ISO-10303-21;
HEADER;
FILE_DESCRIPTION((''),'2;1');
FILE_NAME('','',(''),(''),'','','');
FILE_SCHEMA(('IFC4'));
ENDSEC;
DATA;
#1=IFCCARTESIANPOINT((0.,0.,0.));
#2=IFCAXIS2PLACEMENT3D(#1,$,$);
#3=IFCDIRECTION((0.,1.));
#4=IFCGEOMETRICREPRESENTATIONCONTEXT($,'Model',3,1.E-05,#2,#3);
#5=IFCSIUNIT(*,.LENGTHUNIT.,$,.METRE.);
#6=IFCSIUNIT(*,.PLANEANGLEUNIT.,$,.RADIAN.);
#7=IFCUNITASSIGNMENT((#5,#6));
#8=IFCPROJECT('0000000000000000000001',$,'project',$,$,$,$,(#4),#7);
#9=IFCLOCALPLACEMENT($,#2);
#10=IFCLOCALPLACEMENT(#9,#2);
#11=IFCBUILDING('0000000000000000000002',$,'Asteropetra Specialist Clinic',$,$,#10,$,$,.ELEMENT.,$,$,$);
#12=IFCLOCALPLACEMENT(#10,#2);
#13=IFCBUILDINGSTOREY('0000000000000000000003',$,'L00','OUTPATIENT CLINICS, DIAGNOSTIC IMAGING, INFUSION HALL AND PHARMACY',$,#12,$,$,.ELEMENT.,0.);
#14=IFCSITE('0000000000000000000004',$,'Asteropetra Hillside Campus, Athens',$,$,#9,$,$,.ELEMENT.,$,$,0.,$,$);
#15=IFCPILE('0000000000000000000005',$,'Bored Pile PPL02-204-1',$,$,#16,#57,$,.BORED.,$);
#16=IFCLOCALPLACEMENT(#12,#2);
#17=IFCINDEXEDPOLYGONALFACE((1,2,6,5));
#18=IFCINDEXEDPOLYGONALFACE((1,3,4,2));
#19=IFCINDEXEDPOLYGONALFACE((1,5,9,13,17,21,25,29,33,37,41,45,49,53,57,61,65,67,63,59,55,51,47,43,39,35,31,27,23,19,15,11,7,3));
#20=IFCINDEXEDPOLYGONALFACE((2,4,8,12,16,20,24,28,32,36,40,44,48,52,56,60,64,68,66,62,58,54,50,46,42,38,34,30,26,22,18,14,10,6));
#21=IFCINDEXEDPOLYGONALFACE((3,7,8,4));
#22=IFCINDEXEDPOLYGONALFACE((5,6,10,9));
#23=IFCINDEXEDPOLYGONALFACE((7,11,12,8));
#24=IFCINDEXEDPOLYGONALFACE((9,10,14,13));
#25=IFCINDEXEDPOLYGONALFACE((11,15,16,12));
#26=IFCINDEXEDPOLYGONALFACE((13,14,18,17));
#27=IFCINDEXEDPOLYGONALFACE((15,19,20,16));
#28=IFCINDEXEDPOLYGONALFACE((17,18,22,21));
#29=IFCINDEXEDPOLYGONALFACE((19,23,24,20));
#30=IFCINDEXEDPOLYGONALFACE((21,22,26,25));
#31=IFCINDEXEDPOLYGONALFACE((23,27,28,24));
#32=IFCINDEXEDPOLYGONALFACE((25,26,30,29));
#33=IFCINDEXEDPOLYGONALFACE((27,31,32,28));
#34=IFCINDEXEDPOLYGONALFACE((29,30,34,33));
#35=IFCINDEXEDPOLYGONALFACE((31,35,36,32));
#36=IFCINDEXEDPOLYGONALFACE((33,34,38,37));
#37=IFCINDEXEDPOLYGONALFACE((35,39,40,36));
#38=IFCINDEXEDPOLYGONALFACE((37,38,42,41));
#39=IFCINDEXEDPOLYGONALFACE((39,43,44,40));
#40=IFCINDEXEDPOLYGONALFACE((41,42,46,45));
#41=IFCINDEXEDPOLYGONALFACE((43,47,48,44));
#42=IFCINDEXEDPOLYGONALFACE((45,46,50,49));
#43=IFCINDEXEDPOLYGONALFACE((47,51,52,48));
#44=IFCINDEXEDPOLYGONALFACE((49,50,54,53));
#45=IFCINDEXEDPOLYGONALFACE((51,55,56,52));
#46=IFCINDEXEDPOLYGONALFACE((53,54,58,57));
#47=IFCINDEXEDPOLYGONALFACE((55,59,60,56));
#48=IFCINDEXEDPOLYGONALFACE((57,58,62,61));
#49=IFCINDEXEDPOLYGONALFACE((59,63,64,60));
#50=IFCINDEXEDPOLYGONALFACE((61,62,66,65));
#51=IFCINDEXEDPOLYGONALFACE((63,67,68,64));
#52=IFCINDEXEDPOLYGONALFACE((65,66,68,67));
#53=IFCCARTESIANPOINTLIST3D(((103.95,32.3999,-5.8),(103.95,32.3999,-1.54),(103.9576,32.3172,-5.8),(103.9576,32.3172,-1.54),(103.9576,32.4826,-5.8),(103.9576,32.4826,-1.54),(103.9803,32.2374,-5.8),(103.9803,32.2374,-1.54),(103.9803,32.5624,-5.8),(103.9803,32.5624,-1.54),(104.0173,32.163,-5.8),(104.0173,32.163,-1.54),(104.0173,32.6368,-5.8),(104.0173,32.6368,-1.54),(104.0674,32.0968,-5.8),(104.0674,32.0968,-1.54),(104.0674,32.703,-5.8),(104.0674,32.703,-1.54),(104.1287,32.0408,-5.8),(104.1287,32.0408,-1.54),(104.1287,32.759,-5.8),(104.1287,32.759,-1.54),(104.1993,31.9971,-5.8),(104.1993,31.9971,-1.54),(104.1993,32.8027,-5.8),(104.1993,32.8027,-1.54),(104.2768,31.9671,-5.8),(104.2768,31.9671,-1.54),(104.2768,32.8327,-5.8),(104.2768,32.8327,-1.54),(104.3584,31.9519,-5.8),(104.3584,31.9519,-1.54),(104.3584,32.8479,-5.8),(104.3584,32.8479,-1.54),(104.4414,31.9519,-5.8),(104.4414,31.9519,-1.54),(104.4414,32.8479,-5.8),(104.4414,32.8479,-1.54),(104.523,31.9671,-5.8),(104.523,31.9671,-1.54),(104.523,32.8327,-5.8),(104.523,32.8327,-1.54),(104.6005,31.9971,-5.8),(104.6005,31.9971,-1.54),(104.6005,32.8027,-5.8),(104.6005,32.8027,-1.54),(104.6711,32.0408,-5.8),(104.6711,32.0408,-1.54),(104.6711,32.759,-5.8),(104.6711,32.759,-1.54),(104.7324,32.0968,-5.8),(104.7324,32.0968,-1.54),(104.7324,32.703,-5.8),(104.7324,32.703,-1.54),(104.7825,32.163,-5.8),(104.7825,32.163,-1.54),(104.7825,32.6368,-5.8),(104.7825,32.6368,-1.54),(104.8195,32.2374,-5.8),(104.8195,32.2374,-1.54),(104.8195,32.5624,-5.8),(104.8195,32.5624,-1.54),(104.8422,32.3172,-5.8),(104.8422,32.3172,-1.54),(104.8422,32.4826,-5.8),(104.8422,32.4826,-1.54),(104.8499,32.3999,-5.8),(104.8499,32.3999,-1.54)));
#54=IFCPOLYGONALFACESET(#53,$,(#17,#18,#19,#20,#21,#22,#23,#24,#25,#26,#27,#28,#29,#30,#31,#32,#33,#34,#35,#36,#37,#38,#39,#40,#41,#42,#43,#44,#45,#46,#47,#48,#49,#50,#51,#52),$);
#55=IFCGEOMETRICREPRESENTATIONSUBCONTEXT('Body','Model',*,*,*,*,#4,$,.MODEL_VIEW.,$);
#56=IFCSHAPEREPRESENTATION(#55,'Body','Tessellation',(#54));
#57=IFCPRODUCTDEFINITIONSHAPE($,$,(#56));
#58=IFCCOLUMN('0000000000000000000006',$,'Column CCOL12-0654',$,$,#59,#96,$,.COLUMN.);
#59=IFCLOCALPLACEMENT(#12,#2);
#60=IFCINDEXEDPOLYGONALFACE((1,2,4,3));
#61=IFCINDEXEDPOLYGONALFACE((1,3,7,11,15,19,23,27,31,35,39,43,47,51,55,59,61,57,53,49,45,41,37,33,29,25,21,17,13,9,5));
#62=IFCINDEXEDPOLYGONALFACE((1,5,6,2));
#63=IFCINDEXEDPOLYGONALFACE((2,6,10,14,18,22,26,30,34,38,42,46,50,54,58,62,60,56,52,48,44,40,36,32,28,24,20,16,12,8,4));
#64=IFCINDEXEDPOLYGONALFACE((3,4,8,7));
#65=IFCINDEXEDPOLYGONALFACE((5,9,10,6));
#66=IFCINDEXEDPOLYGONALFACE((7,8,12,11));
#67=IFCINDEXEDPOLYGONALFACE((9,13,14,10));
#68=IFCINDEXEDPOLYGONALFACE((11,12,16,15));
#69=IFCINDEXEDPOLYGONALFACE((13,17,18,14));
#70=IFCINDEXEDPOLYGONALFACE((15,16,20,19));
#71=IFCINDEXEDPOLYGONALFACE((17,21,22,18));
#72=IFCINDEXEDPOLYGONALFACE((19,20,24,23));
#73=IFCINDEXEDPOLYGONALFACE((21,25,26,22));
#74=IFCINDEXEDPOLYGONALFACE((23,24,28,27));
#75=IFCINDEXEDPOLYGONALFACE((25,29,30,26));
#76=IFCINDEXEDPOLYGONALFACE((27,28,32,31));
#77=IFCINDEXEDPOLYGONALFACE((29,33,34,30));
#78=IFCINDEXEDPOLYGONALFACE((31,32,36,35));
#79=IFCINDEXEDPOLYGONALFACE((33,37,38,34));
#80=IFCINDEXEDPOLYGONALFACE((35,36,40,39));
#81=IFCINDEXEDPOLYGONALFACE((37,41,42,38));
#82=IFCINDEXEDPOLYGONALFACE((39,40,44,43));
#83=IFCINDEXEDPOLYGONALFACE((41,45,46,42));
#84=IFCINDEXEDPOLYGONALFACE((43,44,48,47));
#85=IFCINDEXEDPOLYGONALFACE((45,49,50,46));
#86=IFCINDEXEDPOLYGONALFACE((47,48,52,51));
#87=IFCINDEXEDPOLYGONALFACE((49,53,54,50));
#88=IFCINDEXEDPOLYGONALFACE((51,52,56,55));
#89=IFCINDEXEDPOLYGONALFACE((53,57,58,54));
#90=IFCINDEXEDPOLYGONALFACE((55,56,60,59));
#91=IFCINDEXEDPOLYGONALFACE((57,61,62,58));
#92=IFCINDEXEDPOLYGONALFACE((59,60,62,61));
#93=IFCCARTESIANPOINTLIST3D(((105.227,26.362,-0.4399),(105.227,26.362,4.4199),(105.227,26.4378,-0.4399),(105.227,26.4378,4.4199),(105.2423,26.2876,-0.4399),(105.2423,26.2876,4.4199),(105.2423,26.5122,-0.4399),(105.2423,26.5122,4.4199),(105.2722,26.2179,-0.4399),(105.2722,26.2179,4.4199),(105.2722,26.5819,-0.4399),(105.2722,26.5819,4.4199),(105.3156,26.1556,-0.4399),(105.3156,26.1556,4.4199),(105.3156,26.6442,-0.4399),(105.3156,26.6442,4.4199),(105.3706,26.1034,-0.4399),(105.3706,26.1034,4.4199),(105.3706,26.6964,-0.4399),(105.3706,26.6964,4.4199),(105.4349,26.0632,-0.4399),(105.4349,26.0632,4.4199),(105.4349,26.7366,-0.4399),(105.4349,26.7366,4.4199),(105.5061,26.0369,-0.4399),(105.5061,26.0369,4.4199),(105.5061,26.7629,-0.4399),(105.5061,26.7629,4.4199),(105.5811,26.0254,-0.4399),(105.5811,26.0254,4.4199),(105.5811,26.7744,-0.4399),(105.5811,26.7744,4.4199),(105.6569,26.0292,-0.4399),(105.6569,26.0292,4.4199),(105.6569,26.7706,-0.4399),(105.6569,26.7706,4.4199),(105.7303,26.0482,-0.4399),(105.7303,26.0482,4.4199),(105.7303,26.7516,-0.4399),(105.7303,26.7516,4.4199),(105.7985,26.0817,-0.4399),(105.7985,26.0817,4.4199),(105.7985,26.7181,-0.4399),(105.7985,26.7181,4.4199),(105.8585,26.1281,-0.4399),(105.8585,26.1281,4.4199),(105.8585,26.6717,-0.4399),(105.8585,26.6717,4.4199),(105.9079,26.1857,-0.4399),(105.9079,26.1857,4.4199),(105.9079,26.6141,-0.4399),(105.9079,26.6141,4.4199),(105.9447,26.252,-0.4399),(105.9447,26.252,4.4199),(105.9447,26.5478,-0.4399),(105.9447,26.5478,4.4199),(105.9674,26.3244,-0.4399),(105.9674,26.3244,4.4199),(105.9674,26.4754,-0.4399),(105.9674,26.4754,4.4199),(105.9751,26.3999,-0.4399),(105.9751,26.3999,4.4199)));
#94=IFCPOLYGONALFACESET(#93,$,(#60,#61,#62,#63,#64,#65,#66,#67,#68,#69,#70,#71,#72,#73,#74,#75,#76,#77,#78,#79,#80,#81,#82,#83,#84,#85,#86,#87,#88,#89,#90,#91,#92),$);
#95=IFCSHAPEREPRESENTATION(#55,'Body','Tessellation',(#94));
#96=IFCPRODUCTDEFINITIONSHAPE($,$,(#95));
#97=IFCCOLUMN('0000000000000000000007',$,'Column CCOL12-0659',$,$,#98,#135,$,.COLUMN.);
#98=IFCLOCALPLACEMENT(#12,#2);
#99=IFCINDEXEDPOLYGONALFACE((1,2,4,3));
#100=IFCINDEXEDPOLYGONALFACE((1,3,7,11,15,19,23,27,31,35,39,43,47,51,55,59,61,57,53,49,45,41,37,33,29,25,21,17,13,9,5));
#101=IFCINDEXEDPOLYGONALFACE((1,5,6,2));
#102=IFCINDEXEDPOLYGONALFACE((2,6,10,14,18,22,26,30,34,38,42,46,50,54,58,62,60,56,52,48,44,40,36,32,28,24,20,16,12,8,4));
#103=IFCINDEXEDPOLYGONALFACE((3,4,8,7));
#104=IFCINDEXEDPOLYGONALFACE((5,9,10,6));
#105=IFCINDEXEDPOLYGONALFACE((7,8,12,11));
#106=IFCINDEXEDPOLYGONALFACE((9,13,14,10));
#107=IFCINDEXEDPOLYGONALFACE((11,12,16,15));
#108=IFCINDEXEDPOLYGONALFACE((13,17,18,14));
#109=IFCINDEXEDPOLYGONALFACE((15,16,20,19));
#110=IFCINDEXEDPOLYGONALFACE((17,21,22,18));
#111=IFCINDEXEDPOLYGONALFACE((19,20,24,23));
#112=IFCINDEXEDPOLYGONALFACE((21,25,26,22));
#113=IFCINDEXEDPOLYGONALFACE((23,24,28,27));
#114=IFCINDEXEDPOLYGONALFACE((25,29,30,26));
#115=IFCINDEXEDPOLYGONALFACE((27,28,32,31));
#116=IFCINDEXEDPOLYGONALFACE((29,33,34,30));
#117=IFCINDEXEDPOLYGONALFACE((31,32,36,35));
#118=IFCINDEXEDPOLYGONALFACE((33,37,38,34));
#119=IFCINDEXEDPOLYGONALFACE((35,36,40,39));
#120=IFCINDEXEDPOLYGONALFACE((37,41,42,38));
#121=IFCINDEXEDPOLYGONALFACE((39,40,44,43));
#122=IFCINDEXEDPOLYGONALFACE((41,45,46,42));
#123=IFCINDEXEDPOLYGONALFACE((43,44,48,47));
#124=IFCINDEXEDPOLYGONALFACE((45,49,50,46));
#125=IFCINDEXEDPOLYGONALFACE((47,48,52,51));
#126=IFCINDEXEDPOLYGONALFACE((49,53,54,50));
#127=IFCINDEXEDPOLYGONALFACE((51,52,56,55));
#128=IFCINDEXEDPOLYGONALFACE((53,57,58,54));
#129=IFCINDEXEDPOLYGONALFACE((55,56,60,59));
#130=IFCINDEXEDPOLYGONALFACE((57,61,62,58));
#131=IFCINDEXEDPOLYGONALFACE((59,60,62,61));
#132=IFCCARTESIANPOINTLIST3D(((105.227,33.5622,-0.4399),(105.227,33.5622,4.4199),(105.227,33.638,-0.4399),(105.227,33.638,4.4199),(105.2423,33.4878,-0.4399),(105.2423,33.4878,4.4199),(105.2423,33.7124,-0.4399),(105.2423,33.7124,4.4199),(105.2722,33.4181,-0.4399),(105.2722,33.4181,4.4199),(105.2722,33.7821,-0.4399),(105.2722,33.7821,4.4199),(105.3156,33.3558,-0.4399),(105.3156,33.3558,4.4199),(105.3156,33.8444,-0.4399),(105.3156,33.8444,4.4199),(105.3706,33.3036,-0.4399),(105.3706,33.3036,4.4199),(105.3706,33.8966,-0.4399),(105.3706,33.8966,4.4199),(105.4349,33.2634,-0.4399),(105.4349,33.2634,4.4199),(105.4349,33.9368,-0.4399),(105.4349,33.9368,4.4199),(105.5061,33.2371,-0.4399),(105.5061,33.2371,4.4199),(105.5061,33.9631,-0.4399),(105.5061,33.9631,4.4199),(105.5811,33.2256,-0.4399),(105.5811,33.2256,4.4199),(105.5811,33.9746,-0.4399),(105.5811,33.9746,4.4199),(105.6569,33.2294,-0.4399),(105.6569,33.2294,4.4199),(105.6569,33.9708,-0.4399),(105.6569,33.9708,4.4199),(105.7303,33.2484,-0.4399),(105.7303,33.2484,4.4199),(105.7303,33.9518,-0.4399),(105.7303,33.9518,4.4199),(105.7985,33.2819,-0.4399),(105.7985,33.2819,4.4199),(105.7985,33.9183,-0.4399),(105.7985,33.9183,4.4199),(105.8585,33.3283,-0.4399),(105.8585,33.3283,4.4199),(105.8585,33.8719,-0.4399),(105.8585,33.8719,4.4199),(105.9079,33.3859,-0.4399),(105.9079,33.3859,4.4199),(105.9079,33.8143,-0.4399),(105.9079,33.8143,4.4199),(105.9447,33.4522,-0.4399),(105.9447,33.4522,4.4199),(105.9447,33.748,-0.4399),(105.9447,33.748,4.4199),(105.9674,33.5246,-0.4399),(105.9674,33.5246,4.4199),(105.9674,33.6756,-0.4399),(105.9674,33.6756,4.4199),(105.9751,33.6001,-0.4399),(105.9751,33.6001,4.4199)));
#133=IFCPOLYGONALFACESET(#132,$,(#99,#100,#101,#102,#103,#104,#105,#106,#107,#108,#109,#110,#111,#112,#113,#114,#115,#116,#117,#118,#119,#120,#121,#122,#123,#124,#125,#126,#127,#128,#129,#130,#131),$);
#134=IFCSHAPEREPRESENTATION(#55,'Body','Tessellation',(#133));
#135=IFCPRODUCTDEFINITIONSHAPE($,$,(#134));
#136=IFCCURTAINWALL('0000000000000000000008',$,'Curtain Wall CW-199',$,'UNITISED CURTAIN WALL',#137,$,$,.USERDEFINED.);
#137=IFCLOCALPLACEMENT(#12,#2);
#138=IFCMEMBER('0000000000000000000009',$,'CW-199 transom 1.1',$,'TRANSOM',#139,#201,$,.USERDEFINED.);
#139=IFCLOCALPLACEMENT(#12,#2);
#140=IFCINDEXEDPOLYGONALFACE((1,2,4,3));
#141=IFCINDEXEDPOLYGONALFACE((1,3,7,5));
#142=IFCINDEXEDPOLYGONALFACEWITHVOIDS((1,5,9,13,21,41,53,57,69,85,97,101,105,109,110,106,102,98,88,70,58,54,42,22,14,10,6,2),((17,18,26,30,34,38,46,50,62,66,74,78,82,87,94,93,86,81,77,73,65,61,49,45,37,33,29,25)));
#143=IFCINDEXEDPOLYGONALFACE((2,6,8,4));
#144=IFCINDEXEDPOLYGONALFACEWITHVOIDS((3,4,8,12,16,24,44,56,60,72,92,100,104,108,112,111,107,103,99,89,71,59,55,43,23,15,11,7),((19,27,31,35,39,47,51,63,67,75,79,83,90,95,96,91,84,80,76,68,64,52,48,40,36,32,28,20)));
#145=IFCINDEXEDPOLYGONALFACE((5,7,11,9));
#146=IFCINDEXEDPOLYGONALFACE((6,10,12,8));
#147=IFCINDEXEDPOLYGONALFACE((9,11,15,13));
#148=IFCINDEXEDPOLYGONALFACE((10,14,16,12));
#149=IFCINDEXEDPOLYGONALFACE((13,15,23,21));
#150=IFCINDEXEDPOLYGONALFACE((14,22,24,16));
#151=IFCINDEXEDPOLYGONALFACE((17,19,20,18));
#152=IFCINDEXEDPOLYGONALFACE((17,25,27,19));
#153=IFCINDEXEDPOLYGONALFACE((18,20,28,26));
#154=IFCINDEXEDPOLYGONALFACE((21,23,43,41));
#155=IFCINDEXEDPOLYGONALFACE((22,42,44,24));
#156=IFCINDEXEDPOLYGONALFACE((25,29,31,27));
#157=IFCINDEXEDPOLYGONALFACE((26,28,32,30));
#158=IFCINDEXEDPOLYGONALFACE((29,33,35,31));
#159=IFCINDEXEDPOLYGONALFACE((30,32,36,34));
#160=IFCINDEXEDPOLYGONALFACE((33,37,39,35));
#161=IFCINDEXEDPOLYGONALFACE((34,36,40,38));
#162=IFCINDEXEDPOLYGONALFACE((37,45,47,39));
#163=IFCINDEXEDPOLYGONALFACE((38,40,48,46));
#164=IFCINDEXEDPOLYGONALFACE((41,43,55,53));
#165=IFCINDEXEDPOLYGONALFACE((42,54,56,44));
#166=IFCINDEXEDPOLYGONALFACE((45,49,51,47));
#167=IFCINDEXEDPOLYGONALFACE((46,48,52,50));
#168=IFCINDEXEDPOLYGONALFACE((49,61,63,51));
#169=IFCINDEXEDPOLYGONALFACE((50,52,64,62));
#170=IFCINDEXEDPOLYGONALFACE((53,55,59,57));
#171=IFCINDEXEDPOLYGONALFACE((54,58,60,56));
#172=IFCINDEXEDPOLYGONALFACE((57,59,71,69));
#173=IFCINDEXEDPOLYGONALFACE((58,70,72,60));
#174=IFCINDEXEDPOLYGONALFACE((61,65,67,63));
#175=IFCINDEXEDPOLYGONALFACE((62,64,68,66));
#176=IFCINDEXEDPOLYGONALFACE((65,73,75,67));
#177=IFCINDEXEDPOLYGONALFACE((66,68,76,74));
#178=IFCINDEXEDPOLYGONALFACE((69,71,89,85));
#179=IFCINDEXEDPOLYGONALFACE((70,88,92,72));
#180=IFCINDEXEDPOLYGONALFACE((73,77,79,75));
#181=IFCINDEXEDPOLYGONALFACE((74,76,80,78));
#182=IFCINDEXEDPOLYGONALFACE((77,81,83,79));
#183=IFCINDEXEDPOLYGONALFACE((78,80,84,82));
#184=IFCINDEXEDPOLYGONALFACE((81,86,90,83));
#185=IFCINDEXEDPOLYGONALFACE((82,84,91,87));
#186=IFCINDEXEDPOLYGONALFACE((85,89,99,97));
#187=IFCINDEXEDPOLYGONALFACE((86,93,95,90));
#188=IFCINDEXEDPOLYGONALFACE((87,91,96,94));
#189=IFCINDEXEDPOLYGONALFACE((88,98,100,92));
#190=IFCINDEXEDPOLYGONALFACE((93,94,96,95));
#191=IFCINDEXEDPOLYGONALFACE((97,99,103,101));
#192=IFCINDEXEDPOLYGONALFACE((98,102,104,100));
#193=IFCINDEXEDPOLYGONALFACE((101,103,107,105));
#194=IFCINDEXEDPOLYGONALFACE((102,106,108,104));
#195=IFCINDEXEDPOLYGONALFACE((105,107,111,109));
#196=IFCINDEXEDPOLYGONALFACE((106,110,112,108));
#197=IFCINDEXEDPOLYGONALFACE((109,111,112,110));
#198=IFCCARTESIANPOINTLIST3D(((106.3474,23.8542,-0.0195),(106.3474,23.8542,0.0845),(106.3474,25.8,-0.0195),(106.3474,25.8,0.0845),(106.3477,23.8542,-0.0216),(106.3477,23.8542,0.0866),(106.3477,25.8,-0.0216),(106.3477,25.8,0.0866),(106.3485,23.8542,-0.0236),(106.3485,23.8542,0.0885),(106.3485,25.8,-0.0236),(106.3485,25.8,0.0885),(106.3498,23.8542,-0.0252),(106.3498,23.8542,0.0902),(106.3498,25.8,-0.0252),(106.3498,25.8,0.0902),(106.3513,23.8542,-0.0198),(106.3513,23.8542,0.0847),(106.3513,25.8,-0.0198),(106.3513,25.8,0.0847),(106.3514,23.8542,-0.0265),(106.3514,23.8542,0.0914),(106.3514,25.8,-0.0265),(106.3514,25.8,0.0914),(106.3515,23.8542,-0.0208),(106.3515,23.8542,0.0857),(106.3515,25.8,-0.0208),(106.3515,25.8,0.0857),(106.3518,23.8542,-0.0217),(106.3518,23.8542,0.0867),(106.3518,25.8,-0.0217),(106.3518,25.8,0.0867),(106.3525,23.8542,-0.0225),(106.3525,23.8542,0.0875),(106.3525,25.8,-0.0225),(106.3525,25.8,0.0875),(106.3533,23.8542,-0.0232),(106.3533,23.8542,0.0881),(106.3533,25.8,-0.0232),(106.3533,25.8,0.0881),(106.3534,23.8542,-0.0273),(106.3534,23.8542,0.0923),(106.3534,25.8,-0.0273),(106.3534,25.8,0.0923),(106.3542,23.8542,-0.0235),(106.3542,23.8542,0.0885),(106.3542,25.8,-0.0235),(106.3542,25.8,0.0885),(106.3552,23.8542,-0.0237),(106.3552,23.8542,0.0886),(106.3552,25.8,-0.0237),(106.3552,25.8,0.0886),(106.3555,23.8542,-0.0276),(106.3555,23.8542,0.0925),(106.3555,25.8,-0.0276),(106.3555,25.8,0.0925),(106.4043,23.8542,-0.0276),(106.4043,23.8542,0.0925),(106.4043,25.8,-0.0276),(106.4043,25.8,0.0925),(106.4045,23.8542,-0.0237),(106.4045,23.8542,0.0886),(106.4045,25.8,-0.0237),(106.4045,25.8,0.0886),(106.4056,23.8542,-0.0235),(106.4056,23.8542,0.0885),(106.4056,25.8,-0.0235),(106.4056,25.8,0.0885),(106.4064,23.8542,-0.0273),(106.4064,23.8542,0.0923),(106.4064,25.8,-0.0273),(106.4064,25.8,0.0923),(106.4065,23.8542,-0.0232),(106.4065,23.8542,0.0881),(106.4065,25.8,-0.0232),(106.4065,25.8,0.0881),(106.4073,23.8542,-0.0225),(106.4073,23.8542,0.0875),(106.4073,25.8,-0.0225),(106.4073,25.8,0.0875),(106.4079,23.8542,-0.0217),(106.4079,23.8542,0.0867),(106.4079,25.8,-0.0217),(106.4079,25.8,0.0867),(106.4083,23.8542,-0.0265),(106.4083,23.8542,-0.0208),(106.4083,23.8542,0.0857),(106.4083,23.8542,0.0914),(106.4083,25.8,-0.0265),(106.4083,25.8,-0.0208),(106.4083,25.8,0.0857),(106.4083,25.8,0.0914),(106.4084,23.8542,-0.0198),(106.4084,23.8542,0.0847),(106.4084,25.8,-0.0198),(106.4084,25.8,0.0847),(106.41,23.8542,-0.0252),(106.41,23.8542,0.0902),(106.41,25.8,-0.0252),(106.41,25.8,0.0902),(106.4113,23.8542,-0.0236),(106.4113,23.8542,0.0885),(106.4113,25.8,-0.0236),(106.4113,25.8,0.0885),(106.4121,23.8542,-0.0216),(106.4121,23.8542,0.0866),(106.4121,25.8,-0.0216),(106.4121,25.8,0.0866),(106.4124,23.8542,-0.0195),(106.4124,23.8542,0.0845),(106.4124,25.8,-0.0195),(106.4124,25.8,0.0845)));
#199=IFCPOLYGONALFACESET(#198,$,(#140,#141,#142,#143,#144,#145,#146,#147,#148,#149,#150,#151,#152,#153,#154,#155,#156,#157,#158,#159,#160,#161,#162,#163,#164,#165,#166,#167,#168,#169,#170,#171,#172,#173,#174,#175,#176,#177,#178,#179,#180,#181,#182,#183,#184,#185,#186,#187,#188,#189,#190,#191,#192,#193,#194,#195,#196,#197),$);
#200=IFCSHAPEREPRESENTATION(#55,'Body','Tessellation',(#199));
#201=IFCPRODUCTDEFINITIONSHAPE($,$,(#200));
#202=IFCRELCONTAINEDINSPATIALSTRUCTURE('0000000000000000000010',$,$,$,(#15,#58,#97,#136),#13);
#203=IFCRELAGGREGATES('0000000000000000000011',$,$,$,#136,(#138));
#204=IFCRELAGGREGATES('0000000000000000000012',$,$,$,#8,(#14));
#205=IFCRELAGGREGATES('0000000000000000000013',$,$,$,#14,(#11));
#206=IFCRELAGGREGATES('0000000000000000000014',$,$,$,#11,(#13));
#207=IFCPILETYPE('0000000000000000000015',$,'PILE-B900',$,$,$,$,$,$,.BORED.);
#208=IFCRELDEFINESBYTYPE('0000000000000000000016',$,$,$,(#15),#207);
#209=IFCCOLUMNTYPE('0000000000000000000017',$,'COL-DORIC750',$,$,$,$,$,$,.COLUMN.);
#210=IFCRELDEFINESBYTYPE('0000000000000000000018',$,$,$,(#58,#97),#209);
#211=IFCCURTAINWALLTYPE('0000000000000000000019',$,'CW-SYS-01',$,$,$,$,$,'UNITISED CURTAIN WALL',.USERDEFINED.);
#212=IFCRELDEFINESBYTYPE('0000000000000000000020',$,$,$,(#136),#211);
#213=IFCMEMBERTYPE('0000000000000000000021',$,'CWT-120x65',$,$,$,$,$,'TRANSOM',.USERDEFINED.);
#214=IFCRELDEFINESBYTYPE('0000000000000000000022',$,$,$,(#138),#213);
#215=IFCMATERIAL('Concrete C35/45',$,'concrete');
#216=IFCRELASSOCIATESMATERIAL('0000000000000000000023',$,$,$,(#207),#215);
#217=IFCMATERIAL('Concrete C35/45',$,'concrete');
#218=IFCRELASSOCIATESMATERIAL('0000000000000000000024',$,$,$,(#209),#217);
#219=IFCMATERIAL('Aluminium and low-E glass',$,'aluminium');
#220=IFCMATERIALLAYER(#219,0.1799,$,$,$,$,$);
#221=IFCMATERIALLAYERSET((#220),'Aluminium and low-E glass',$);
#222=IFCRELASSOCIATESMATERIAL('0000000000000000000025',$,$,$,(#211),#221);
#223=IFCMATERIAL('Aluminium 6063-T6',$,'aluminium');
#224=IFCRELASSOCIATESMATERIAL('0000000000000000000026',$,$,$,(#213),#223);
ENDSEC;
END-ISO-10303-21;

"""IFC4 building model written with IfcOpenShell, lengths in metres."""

from ifc_helpers import new_model, si_unit, direction, frame, origin, origin_2d, place, context, subcontext, project, spatial, hollow_rectangle, circle, extrude, material, layer, layer_set, material_profile, profile_set, type_object, element, aggregate, save


model = new_model("IFC4")

# Units and contexts
model_context = context("Model", 3, precision=1e-05, world=origin(), true_north=direction((0.0, 1.0)))
body_context = subcontext(model_context, "Body", "Model", "MODEL_VIEW")
ifc_project = project(units=[si_unit("LENGTHUNIT", "METRE"), si_unit("PLANEANGLEUNIT", "RADIAN")], contexts=[model_context])

# Site, building, storey
site_placement = place(None, origin())
site = spatial("IfcSite", under=ifc_project, at=site_placement, Name="Asteropetra Hillside Campus, Athens", CompositionType="ELEMENT", RefElevation=0.0)
building_placement = place(site_placement, origin())
building = spatial("IfcBuilding", under=site, at=building_placement, Name="Asteropetra Specialist Clinic", CompositionType="ELEMENT")
storey_placement = place(building_placement, origin())
storey = spatial("IfcBuildingStorey", under=building, at=storey_placement, Name="L00", Description="OUTPATIENT CLINICS, DIAGNOSTIC IMAGING, INFUSION HALL AND PHARMACY", CompositionType="ELEMENT", Elevation=0.0)

# Pile
ifc_material_1 = material(Name="Concrete C35/45", Category="concrete")
ifc_material_profile_1 = material_profile(ifc_material_1, circle(Radius=0.45, at=origin_2d()), Name="PILE D900")
ifc_profile_set_1 = profile_set([ifc_material_profile_1], Name="Concrete C35/45")
pile_type_1 = type_object("IfcPileType", Name="PILE-B900", PredefinedType="BORED", material=ifc_profile_set_1)
for number, where, z_axis, x_axis, name in (
    (1, (104.3999, 32.3999, -1.54), (0.0, 0.0, -1.0), (1.0, 0.0, 0.0), "Bored Pile PPL02-204-1"),
):
    element("IfcPile", number, at=place(storey_placement, frame(where, z_axis=z_axis, x_axis=x_axis)), inside=storey, type_object=pile_type_1, Name=name, PredefinedType="BORED", context=body_context, shape_type="SweptSolid", body=[
        extrude(circle(Radius=0.45, at=origin_2d()), origin(), (0.0, 0.0, 1.0), 4.26),
    ])

# Columns
ifc_material_2 = material(Name="Concrete C35/45", Category="concrete")
ifc_material_profile_2 = material_profile(ifc_material_2, circle(Radius=0.375, at=origin_2d()), Name="RCC D750")
ifc_profile_set_2 = profile_set([ifc_material_profile_2], Name="Concrete C35/45")
column_type = type_object("IfcColumnType", Name="COL-DORIC750", PredefinedType="COLUMN", material=ifc_profile_set_2)
for number, where, z_axis, x_axis, name in (
    (2, (105.6001, 26.3999, -0.4399), (0.0, 0.0, 1.0), (1.0, 0.0, 0.0), "Column CCOL12-0654"),
    (3, (105.6001, 33.6001, -0.4399), (0.0, 0.0, 1.0), (1.0, 0.0, 0.0), "Column CCOL12-0659"),
):
    element("IfcColumn", number, at=place(storey_placement, frame(where, z_axis=z_axis, x_axis=x_axis)), inside=storey, type_object=column_type, Name=name, PredefinedType="COLUMN", context=body_context, shape_type="SweptSolid", body=[
        extrude(circle(Radius=0.375, at=origin_2d()), origin(), (0.0, 0.0, 1.0), 4.8599),
    ])

# Curtain wall, member
ifc_material_3 = material(Name="Aluminium and low-E glass", Category="aluminium")
ifc_layer_1 = layer(ifc_material_3, 0.1799)
ifc_layer_set_1 = layer_set([ifc_layer_1], Name="Aluminium and low-E glass")
curtain_wall_type = type_object("IfcCurtainWallType", Name="CW-SYS-01", ElementType="UNITISED CURTAIN WALL", PredefinedType="USERDEFINED", material=ifc_layer_set_1)
curtain_wall_placement = place(storey_placement, origin())
curtain_wall = element("IfcCurtainWall", 4, at=curtain_wall_placement, inside=storey, type_object=curtain_wall_type, Name="Curtain Wall CW-199", ObjectType="UNITISED CURTAIN WALL", PredefinedType="USERDEFINED")
ifc_material_4 = material(Name="Aluminium 6063-T6", Category="aluminium")
ifc_material_profile_3 = material_profile(ifc_material_4, hollow_rectangle(XDim=0.0649, YDim=0.1201, WallThickness=0.0039, InnerFilletRadius=0.0039, OuterFilletRadius=0.0081, at=origin_2d()), Name="TRN 120x65x4.0")
ifc_profile_set_3 = profile_set([ifc_material_profile_3], Name="Aluminium 6063-T6")
member_type = type_object("IfcMemberType", Name="CWT-120x65", ElementType="TRANSOM", PredefinedType="USERDEFINED", material=ifc_profile_set_3)
member_1_placement = place(storey_placement, frame((106.3799, 25.8, 0.0325), z_axis=(0.0, -1.0, 0.0), x_axis=(1.0, 0.0, 0.0)))
member_1 = element("IfcMember", 5, at=member_1_placement, type_object=member_type, Name="CW-199 transom 1.1", ObjectType="TRANSOM", PredefinedType="USERDEFINED", context=body_context, shape_type="SweptSolid", body=[
    extrude(hollow_rectangle(XDim=0.0649, YDim=0.1201, WallThickness=0.0039, InnerFilletRadius=0.0039, OuterFilletRadius=0.0081, at=origin_2d()), origin(), (0.0, 0.0, 1.0), 1.9458),
])
aggregate(curtain_wall, [member_1])

save(model, "model.ifc")
